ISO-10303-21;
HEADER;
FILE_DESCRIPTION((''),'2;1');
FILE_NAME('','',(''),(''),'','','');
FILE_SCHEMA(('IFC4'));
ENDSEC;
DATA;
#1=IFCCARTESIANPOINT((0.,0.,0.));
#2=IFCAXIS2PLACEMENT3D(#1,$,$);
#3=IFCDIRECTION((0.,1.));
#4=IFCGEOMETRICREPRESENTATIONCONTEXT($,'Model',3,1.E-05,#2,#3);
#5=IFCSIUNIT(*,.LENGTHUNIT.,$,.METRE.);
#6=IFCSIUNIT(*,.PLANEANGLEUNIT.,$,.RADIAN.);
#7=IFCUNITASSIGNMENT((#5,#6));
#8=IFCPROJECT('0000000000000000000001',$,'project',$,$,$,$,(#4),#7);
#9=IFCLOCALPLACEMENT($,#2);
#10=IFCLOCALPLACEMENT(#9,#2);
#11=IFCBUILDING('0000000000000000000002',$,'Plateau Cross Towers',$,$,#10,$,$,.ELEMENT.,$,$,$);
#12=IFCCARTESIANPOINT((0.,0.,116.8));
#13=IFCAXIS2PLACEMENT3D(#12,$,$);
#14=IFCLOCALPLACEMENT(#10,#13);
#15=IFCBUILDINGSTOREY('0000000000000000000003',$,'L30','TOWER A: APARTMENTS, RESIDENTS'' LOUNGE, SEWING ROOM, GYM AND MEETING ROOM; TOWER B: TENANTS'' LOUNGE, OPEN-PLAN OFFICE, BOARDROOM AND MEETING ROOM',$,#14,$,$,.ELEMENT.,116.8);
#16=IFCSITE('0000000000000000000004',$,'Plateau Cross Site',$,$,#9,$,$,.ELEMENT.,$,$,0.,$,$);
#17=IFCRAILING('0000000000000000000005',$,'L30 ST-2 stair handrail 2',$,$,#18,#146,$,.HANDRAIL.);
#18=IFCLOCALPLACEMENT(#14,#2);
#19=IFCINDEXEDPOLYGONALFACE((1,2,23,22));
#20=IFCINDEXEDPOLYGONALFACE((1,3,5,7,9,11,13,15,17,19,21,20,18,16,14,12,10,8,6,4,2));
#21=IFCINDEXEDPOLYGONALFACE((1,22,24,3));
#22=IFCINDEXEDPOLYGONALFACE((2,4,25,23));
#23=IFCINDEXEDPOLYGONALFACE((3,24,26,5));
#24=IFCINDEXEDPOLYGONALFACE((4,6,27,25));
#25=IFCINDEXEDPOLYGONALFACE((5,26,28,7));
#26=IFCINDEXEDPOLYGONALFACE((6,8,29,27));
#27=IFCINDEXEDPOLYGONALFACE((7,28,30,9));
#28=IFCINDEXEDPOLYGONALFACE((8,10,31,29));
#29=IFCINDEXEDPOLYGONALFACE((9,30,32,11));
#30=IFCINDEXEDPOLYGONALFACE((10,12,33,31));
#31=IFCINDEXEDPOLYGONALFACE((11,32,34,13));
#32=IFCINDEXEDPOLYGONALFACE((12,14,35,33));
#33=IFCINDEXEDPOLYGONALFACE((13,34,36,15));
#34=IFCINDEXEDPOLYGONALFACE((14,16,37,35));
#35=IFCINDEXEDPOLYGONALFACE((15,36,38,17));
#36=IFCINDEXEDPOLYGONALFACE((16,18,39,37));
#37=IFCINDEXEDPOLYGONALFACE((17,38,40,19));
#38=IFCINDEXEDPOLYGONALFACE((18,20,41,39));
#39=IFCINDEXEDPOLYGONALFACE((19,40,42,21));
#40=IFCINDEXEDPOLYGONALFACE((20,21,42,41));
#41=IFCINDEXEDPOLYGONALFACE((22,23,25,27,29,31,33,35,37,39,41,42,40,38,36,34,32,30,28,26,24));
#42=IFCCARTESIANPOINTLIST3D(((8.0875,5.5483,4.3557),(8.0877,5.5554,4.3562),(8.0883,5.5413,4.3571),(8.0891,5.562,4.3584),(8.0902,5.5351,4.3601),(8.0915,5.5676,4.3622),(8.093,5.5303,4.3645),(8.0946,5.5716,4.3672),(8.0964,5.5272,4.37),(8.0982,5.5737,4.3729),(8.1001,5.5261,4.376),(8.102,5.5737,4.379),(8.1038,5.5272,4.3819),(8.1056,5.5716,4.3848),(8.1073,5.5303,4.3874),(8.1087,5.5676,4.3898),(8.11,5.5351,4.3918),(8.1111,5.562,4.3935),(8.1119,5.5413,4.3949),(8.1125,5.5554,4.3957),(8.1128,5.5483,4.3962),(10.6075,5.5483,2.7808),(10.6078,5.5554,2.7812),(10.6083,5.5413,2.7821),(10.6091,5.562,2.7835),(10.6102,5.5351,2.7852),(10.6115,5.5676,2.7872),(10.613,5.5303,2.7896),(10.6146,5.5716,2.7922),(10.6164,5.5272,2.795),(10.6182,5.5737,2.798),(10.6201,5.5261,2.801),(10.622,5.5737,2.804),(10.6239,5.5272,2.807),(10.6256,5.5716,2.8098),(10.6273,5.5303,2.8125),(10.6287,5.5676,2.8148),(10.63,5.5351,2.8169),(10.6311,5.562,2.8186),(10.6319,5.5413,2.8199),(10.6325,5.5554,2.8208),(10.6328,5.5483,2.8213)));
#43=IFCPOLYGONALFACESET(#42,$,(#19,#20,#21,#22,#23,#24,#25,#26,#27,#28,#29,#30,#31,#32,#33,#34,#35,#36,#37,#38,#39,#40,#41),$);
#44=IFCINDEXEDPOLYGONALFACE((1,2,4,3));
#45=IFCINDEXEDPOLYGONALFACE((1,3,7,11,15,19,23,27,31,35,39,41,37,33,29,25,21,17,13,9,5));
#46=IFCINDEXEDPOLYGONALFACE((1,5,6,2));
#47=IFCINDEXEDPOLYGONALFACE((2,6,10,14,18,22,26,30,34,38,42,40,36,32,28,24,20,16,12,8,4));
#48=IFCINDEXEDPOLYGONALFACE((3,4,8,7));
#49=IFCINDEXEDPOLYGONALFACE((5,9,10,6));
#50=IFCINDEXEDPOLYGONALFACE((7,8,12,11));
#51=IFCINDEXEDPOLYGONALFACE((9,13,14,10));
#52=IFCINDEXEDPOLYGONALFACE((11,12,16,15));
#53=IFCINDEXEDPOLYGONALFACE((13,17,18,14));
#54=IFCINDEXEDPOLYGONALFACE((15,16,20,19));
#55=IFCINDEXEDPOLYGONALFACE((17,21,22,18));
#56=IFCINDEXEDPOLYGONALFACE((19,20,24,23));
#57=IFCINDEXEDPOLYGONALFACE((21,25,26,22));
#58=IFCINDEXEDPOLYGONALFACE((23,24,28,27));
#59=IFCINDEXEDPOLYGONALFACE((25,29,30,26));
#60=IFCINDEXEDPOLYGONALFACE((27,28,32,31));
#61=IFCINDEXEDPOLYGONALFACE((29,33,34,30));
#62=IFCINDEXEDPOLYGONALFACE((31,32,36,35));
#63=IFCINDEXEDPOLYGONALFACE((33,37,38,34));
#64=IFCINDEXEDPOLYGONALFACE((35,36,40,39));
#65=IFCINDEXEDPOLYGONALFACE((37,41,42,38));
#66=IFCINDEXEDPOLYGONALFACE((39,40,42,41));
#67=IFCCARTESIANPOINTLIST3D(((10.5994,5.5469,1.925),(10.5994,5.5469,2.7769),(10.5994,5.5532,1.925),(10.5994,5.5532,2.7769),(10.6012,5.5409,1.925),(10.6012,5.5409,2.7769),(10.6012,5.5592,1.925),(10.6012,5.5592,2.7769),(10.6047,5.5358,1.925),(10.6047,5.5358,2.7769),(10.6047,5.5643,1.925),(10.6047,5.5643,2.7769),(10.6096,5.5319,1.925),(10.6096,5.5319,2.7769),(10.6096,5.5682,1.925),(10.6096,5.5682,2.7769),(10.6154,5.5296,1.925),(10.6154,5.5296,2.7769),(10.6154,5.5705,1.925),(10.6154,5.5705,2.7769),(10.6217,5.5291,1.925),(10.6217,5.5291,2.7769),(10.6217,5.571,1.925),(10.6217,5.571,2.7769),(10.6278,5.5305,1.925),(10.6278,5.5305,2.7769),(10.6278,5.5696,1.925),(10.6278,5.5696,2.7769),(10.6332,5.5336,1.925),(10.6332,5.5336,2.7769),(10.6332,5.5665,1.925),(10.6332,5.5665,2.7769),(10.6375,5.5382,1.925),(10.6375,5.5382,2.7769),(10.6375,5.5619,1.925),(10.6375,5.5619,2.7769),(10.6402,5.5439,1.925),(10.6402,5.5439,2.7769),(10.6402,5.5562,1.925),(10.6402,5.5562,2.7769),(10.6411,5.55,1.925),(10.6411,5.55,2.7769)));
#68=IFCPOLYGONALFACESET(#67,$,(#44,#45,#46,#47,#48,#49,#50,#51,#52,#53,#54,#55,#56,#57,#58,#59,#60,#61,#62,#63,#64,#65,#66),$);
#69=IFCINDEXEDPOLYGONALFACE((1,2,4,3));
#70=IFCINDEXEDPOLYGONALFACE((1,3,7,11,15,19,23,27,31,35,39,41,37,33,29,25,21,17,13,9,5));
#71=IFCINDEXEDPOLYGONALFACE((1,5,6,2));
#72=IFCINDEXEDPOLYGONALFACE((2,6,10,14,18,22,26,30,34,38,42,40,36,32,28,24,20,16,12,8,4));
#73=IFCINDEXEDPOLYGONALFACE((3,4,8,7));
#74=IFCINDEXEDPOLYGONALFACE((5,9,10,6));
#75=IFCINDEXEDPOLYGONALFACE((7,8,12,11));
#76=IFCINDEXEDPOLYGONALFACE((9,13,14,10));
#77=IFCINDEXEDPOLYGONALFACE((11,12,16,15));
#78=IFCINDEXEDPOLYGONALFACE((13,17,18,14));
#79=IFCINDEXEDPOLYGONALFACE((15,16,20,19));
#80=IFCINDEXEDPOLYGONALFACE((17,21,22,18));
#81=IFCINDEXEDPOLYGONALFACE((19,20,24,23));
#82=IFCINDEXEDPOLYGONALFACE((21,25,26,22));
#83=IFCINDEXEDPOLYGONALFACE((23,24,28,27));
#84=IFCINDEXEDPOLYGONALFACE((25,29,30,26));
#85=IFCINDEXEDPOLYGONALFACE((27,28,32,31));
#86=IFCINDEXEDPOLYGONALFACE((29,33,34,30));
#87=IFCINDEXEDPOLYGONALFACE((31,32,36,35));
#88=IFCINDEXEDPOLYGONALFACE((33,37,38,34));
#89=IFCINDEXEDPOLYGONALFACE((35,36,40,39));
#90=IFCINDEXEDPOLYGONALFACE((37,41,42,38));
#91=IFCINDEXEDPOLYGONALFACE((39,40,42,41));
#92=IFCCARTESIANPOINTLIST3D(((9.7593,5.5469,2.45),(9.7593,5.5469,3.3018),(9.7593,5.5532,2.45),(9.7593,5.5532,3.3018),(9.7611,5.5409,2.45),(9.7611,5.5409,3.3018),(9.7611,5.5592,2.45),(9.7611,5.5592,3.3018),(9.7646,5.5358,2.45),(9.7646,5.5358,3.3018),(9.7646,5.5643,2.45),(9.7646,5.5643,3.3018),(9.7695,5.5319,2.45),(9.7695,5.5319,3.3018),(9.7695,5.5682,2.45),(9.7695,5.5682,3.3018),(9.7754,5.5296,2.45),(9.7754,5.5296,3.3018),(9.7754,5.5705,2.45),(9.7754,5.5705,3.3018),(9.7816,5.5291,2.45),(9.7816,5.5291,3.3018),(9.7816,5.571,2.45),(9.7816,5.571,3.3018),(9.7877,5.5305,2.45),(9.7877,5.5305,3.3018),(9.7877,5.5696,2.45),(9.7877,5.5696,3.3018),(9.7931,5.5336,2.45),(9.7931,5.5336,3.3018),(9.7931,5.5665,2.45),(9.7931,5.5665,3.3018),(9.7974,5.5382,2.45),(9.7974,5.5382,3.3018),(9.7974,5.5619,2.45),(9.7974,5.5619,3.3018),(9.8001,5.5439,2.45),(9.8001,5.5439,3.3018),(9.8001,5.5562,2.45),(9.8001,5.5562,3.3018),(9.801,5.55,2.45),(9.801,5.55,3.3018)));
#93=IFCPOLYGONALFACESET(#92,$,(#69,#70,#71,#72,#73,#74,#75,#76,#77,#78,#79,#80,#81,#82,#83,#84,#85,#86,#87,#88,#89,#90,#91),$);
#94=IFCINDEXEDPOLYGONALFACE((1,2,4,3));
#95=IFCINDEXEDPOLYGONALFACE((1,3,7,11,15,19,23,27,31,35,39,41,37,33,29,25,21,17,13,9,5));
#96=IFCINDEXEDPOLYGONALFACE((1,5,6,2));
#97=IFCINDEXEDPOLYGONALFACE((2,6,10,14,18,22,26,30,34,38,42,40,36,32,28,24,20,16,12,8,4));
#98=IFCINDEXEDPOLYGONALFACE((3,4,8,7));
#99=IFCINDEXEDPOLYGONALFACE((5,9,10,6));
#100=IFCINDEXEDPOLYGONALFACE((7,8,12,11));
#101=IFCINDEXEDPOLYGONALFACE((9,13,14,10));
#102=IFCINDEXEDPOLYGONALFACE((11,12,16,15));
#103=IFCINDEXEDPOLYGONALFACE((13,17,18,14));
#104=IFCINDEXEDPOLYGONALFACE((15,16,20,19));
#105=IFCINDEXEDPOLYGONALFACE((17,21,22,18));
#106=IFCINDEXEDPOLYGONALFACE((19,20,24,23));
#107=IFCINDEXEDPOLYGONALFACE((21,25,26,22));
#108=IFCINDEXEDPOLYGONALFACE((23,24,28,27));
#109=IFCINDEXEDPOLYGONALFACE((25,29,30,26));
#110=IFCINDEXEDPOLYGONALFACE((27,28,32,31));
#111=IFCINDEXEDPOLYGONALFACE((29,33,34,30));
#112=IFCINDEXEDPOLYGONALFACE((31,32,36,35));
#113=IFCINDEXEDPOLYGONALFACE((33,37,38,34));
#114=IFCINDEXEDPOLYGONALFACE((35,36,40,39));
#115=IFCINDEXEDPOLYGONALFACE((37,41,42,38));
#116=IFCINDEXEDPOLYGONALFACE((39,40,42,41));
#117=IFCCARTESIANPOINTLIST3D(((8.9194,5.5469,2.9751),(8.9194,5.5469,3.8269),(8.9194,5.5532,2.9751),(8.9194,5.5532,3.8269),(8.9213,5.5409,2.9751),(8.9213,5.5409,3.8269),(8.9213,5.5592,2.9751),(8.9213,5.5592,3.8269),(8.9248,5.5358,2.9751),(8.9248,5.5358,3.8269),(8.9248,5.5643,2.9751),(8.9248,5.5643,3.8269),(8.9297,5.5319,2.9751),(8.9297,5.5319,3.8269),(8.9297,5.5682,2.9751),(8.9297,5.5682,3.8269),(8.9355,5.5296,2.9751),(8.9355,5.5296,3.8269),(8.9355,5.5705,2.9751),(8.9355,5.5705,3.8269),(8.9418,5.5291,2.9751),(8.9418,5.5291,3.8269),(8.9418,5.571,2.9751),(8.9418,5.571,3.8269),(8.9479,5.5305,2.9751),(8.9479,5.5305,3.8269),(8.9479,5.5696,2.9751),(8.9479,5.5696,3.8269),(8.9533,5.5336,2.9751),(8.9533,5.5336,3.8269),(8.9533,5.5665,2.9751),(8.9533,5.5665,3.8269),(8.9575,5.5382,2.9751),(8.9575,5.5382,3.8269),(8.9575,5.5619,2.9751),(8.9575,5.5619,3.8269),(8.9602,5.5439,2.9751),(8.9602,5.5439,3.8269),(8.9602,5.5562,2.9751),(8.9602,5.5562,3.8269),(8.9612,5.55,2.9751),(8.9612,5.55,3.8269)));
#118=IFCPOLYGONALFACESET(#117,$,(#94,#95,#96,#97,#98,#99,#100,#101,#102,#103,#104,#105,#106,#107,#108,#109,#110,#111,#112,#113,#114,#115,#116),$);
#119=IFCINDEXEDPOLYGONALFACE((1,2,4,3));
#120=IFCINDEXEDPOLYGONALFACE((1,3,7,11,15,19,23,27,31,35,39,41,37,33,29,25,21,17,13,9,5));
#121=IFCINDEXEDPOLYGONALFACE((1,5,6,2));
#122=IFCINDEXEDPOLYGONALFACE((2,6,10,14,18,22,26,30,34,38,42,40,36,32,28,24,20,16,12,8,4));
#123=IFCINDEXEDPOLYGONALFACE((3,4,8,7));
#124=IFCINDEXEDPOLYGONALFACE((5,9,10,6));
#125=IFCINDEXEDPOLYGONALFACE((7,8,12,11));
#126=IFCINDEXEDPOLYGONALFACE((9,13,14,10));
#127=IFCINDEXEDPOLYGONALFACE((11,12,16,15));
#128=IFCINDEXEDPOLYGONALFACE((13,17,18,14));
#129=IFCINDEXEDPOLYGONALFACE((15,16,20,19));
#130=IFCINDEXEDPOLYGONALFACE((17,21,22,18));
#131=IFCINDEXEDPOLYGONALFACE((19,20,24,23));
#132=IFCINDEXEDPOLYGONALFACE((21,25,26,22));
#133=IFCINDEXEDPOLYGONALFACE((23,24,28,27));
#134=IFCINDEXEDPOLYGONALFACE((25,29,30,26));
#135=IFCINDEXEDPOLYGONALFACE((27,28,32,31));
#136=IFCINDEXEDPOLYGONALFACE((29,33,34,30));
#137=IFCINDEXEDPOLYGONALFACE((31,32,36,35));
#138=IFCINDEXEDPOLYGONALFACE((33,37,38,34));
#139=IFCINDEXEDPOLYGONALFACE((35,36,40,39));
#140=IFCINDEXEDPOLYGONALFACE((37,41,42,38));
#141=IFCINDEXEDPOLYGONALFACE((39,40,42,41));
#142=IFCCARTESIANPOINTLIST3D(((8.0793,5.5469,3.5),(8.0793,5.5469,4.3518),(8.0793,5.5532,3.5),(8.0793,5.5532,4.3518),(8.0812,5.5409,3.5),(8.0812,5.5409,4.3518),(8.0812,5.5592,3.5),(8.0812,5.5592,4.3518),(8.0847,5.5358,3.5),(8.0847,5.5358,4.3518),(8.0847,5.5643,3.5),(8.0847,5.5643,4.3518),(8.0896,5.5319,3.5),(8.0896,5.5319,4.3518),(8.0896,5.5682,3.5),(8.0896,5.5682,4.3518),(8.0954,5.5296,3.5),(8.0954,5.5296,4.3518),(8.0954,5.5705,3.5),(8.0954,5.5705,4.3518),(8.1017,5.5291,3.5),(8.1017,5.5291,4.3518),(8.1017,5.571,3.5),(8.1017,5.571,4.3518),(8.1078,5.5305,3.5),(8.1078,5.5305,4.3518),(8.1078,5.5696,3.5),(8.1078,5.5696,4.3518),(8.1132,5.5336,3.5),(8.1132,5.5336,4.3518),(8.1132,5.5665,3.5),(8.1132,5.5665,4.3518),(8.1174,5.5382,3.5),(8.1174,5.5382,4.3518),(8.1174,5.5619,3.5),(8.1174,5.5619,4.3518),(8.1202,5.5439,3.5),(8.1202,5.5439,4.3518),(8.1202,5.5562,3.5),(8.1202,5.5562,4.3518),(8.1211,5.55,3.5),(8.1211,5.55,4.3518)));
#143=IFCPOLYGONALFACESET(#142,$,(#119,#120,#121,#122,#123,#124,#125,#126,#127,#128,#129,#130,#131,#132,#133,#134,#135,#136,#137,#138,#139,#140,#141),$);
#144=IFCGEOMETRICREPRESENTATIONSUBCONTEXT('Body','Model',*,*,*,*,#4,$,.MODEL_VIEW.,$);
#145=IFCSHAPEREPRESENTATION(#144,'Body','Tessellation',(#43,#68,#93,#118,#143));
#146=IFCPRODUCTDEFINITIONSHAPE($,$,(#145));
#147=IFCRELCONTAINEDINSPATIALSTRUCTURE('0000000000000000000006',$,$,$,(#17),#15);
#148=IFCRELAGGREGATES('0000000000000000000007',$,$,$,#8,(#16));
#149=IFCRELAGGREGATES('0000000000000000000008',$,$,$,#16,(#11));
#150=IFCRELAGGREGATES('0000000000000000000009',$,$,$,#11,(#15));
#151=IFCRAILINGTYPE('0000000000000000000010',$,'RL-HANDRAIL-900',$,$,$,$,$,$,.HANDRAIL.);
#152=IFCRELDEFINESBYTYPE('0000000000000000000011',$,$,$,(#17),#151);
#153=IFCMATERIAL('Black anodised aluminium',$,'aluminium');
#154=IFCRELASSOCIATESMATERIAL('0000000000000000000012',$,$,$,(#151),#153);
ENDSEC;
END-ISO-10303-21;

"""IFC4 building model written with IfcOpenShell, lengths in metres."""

from ifc_helpers import new_model, si_unit, direction, frame, origin, origin_2d, place, context, subcontext, project, spatial, circle, extrude, material, type_object, element, save


model = new_model("IFC4")

# Units and contexts
model_context = context("Model", 3, precision=1e-05, world=origin(), true_north=direction((0.0, 1.0)))
body_context = subcontext(model_context, "Body", "Model", "MODEL_VIEW")
ifc_project = project(units=[si_unit("LENGTHUNIT", "METRE"), si_unit("PLANEANGLEUNIT", "RADIAN")], contexts=[model_context])

# Site, building, storey
site_placement = place(None, origin())
site = spatial("IfcSite", under=ifc_project, at=site_placement, Name="Plateau Cross Site", CompositionType="ELEMENT", RefElevation=0.0)
building_placement = place(site_placement, origin())
building = spatial("IfcBuilding", under=site, at=building_placement, Name="Plateau Cross Towers", CompositionType="ELEMENT")
storey_placement = place(building_placement, frame((0.0, 0.0, 116.8)))
storey = spatial("IfcBuildingStorey", under=building, at=storey_placement, Name="L30", Description="TOWER A: APARTMENTS, RESIDENTS' LOUNGE, SEWING ROOM, GYM AND MEETING ROOM; TOWER B: TENANTS' LOUNGE, OPEN-PLAN OFFICE, BOARDROOM AND MEETING ROOM", CompositionType="ELEMENT", Elevation=116.8)

# Railing
ifc_material_1 = material(Name="Black anodised aluminium", Category="aluminium")
railing_type_1 = type_object("IfcRailingType", Name="RL-HANDRAIL-900", PredefinedType="HANDRAIL", material=ifc_material_1)
railing_1_placement = place(storey_placement, frame((10.6201, 5.55, 1.925)))
element("IfcRailing", 1, at=railing_1_placement, inside=storey, type_object=railing_type_1, Name="L30 ST-2 stair handrail 2", PredefinedType="HANDRAIL", context=body_context, shape_type="SweptSolid", body=[
    extrude(circle(Radius=0.0239, at=origin_2d()), frame((0.0, 0.0, 0.876), z_axis=(-0.848008, 0.0, 0.529984), x_axis=(0.0, -1.0, 0.0)), (0.0, 0.0, 1.0), 2.9717),
    extrude(circle(Radius=0.021, at=origin_2d()), origin(), (0.0, 0.0, 1.0), 0.8518),
    extrude(circle(Radius=0.021, at=origin_2d()), frame((-0.8401, 0.0, 0.5249)), (0.0, 0.0, 1.0), 0.8518),
    extrude(circle(Radius=0.021, at=origin_2d()), frame((-1.6799, 0.0, 1.05)), (0.0, 0.0, 1.0), 0.8518),
    extrude(circle(Radius=0.021, at=origin_2d()), frame((-2.52, 0.0, 1.575)), (0.0, 0.0, 1.0), 0.8518),
])

save(model, "model.ifc")
